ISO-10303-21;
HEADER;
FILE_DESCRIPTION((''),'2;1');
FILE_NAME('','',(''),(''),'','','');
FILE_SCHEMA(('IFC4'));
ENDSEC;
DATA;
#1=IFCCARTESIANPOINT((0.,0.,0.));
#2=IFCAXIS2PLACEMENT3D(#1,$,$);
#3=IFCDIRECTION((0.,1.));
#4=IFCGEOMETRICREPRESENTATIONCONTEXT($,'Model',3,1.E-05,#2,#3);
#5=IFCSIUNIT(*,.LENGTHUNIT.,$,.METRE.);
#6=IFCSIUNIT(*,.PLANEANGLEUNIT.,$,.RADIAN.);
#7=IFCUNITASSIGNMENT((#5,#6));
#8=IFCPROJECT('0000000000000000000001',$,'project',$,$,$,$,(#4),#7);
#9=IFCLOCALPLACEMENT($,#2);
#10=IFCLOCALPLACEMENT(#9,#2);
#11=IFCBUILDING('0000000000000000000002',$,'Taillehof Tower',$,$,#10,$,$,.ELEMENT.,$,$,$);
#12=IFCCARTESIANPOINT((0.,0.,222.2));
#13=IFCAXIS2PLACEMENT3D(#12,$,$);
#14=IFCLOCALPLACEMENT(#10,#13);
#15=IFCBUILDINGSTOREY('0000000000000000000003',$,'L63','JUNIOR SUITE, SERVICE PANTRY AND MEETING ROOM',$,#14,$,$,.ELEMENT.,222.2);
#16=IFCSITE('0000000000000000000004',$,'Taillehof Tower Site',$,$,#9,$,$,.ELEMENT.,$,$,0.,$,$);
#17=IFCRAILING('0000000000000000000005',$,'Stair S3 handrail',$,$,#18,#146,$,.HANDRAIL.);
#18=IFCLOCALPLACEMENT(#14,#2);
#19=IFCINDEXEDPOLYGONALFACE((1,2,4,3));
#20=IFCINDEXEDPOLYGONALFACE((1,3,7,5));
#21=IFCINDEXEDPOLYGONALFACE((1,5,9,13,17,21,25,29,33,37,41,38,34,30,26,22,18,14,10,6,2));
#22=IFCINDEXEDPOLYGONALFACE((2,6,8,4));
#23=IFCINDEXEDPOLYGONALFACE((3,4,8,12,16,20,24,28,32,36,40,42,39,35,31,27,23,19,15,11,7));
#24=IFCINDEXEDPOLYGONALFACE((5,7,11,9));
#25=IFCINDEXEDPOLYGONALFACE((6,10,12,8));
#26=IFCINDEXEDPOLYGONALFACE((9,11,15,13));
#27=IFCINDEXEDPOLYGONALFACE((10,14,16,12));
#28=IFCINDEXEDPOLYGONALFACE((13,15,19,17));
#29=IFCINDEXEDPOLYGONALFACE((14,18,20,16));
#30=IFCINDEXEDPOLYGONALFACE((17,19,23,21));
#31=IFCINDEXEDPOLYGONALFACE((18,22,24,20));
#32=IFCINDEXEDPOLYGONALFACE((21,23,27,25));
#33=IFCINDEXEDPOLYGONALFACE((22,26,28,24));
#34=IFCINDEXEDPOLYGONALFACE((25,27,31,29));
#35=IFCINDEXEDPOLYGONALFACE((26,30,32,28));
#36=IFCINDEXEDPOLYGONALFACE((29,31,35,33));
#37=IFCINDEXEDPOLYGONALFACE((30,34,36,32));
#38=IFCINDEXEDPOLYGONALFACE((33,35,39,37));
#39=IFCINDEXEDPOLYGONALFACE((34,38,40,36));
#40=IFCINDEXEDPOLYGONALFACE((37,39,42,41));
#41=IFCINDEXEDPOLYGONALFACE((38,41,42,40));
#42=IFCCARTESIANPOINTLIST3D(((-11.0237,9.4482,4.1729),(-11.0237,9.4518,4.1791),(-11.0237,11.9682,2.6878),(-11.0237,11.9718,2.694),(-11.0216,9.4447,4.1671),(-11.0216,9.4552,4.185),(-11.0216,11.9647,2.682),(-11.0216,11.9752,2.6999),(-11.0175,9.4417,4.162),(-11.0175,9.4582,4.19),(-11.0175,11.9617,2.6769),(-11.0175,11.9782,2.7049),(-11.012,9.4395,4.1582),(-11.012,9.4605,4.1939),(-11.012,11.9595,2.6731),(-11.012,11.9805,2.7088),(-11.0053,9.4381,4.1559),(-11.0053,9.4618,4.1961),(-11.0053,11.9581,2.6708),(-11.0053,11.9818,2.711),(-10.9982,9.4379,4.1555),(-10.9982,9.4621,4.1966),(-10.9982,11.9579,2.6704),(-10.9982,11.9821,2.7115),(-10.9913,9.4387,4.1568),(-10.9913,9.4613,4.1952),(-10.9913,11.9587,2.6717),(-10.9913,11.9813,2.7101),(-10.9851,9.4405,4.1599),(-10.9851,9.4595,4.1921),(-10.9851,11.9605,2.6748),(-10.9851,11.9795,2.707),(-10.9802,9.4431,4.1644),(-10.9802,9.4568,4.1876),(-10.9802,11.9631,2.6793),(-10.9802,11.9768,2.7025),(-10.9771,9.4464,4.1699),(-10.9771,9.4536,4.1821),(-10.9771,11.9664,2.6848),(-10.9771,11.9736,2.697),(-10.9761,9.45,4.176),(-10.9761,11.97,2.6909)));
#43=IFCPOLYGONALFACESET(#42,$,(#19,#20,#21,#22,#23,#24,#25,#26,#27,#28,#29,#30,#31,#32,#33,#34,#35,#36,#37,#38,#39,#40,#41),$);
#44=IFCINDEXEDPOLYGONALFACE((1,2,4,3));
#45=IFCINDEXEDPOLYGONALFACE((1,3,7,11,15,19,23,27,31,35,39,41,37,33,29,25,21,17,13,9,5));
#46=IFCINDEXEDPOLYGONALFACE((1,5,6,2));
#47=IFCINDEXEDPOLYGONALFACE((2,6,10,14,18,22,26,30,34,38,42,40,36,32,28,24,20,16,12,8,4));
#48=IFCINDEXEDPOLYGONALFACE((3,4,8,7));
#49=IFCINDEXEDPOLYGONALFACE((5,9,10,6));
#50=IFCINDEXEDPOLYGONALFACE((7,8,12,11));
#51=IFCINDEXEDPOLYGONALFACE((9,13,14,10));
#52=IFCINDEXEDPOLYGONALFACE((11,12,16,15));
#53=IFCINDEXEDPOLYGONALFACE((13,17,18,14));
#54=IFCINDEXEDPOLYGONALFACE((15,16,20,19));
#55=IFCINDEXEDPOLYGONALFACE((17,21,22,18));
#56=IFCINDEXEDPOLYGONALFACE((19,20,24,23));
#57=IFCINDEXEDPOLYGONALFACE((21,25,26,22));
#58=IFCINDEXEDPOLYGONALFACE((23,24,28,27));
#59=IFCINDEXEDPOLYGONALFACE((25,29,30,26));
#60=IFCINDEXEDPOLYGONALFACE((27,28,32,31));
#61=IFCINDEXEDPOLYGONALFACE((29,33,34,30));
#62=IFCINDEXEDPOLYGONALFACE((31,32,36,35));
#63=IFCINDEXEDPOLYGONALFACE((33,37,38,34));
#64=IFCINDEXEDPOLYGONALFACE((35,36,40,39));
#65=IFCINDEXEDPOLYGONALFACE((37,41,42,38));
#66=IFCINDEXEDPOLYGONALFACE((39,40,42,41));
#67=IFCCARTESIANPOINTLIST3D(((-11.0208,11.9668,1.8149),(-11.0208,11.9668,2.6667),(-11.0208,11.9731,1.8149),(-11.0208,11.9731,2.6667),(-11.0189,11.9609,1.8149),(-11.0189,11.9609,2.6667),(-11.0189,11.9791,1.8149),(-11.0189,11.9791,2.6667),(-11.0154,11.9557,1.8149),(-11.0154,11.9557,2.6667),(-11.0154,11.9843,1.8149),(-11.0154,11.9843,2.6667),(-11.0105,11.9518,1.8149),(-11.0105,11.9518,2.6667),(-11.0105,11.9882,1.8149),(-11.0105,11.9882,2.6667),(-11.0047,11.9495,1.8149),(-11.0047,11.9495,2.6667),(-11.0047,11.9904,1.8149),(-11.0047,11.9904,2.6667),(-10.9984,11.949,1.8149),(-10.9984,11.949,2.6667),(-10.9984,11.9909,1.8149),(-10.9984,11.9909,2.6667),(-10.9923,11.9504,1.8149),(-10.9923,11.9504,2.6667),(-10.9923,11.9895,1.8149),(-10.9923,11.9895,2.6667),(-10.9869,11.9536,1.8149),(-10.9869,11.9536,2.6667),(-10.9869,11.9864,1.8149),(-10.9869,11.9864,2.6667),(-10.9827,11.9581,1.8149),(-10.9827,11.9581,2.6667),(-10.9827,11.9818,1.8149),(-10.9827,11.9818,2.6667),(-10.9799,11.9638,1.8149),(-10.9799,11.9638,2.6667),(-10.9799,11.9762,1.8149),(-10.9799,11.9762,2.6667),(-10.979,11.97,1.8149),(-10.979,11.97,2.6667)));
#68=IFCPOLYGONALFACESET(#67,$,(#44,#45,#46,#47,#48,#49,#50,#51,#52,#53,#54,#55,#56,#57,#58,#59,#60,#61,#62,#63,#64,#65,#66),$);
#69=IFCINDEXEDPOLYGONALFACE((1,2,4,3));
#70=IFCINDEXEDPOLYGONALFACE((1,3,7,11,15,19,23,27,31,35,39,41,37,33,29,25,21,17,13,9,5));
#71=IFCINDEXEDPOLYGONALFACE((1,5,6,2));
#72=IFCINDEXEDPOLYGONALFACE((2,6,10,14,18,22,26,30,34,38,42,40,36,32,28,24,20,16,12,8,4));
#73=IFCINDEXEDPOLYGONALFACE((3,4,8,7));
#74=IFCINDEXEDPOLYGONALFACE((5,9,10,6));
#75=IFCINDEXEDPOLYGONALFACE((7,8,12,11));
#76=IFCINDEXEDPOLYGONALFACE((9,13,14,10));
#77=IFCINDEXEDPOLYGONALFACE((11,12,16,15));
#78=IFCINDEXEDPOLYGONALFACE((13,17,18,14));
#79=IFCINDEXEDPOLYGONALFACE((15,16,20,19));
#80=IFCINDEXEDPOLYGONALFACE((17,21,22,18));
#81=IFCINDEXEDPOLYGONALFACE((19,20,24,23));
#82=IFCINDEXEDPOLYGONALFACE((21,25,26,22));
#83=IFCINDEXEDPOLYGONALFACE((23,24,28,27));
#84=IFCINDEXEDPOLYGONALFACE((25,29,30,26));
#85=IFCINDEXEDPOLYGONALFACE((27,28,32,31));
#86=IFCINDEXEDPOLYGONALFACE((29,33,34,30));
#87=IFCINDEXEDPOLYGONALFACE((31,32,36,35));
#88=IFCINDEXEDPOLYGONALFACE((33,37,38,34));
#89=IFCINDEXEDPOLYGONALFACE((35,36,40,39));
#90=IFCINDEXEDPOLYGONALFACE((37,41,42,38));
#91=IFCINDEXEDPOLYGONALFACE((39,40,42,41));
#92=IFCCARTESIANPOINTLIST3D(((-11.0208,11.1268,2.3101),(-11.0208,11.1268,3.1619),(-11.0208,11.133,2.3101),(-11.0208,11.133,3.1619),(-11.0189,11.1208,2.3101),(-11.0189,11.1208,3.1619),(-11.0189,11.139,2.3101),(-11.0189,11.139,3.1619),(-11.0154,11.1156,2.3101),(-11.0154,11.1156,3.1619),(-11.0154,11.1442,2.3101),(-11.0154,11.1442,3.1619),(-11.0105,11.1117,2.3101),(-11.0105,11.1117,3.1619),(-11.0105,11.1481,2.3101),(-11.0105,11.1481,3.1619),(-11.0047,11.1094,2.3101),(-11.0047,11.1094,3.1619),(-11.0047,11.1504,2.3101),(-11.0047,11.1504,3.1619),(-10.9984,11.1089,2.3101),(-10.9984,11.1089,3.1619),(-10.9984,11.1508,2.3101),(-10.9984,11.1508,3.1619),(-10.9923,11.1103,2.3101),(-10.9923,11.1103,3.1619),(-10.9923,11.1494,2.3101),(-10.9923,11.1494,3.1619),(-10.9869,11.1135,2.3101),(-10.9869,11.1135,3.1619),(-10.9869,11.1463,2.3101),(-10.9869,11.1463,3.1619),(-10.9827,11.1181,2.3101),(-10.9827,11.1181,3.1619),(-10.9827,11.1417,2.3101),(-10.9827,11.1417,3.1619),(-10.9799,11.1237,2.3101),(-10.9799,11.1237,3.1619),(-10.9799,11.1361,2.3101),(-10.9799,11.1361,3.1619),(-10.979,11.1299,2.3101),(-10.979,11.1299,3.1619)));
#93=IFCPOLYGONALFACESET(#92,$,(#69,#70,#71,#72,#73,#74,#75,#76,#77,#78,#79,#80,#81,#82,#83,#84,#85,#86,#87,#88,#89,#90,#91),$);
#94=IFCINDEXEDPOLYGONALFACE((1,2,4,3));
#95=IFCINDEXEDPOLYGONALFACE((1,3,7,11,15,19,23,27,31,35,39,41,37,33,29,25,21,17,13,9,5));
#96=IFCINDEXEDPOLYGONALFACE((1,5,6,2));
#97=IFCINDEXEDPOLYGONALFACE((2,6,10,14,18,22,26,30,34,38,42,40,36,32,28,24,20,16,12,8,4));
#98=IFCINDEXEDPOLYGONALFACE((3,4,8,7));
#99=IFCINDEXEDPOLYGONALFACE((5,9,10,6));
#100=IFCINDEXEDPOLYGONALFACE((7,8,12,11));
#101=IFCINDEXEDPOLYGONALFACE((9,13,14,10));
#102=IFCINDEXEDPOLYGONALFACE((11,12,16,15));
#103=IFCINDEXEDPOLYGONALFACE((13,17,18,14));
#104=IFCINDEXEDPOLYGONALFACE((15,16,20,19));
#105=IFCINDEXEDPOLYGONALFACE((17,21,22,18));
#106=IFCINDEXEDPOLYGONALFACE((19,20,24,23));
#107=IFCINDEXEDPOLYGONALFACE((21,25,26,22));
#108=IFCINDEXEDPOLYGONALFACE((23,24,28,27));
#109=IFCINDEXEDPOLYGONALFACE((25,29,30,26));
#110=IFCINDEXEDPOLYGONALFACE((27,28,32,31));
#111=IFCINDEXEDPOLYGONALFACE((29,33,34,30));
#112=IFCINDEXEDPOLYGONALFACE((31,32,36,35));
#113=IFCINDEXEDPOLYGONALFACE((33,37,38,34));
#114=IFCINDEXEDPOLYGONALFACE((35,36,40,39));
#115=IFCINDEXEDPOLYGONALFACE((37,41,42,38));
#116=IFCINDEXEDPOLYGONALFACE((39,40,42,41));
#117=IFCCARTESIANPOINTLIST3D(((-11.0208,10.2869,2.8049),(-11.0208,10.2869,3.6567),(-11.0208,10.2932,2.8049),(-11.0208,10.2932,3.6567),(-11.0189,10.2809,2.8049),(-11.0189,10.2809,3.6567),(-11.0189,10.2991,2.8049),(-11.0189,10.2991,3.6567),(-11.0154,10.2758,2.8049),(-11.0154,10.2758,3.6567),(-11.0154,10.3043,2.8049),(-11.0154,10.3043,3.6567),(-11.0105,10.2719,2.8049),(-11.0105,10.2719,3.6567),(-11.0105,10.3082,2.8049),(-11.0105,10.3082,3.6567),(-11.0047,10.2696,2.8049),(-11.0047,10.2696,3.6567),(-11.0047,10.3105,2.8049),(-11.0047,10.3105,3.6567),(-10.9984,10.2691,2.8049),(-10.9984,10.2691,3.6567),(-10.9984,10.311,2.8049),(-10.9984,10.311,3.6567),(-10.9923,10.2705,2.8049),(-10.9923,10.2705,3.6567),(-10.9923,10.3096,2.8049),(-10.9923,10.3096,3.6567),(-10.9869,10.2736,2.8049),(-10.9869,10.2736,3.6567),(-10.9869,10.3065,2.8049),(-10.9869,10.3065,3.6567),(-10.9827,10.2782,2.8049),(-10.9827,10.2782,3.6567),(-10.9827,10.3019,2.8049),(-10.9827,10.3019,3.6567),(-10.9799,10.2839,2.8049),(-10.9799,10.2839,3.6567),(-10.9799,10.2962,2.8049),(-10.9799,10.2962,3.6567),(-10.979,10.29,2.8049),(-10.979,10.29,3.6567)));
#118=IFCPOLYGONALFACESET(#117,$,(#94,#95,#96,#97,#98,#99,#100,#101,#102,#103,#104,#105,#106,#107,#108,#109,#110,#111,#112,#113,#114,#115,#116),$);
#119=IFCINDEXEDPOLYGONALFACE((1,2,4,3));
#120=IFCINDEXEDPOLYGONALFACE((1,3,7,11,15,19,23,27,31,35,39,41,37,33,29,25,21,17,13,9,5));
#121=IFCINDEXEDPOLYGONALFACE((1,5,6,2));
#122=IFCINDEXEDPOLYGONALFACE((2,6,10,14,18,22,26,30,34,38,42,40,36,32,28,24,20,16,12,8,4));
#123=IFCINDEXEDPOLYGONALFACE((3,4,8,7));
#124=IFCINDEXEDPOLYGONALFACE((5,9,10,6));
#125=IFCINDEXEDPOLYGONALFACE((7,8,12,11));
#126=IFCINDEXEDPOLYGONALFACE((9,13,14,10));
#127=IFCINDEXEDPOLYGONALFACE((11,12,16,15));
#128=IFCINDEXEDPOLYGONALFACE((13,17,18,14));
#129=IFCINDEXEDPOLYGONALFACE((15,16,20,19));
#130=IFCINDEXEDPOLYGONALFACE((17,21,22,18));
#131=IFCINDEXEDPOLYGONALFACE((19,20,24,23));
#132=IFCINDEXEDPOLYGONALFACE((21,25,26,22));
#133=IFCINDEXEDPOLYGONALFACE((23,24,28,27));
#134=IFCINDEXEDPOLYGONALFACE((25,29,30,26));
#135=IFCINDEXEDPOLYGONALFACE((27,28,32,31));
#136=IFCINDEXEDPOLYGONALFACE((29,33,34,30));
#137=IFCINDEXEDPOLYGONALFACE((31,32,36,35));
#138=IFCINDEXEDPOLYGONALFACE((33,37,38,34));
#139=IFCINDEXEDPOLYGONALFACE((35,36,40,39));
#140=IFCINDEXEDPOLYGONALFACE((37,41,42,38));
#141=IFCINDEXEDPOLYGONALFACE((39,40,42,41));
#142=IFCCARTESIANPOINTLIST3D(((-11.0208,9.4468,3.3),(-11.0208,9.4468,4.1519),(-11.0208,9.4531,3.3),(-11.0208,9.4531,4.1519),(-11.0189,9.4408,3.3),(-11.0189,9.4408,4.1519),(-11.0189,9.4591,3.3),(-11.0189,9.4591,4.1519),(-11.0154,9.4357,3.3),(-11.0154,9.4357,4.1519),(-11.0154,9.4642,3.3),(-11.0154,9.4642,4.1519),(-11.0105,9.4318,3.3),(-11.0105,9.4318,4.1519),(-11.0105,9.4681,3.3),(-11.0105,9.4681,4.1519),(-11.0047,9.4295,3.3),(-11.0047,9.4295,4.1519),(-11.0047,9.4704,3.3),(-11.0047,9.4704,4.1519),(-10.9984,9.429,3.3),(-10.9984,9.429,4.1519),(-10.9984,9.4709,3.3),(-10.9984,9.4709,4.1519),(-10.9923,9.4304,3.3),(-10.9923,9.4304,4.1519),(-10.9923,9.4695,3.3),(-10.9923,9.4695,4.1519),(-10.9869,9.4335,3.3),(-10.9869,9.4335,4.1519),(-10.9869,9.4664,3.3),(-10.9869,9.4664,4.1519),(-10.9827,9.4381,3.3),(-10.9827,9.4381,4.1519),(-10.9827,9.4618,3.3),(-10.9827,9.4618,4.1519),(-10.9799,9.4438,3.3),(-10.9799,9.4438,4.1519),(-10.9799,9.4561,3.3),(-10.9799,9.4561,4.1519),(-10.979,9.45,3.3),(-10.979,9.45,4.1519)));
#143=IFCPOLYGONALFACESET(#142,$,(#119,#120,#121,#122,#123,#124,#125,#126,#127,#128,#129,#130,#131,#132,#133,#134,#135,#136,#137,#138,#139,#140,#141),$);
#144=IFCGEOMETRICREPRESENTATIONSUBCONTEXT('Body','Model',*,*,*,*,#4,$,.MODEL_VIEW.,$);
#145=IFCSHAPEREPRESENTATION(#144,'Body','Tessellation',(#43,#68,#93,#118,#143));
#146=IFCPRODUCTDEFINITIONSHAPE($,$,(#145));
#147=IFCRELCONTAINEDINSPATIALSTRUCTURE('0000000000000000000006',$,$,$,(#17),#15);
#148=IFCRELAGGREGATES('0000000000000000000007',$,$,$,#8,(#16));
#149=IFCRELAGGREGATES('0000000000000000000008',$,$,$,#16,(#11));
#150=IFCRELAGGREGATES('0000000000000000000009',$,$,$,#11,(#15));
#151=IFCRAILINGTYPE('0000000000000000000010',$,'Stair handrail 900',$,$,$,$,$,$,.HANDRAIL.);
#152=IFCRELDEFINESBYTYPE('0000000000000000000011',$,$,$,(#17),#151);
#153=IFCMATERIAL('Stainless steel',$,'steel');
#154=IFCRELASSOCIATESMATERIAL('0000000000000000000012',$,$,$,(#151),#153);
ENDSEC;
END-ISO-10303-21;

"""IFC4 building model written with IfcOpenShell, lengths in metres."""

from ifc_helpers import new_model, si_unit, direction, frame, origin, origin_2d, place, context, subcontext, project, spatial, circle, extrude, material, type_object, element, save


model = new_model("IFC4")

# Units and contexts
model_context = context("Model", 3, precision=1e-05, world=origin(), true_north=direction((0.0, 1.0)))
body_context = subcontext(model_context, "Body", "Model", "MODEL_VIEW")
ifc_project = project(units=[si_unit("LENGTHUNIT", "METRE"), si_unit("PLANEANGLEUNIT", "RADIAN")], contexts=[model_context])

# Site, building, storey
site_placement = place(None, origin())
site = spatial("IfcSite", under=ifc_project, at=site_placement, Name="Taillehof Tower Site", CompositionType="ELEMENT", RefElevation=0.0)
building_placement = place(site_placement, origin())
building = spatial("IfcBuilding", under=site, at=building_placement, Name="Taillehof Tower", CompositionType="ELEMENT")
storey_placement = place(building_placement, frame((0.0, 0.0, 222.2)))
storey = spatial("IfcBuildingStorey", under=building, at=storey_placement, Name="L63", Description="JUNIOR SUITE, SERVICE PANTRY AND MEETING ROOM", CompositionType="ELEMENT", Elevation=222.2)

# Railing
ifc_material_1 = material(Name="Stainless steel", Category="steel")
railing_type = type_object("IfcRailingType", Name="Stair handrail 900", PredefinedType="HANDRAIL", material=ifc_material_1)
railing_placement = place(storey_placement, frame((-11.0, 11.97, 1.8149)))
element("IfcRailing", 1, at=railing_placement, inside=storey, type_object=railing_type, Name="Stair S3 handrail", PredefinedType="HANDRAIL", context=body_context, shape_type="SweptSolid", body=[
    extrude(circle(Radius=0.0239, at=origin_2d()), frame((0.0, 0.0, 0.876), z_axis=(0.0, -0.861524, 0.507717), x_axis=(1.0, 0.0, 0.0)), (0.0, 0.0, 1.0), 2.925),
    extrude(circle(Radius=0.021, at=origin_2d()), origin(), (0.0, 0.0, 1.0), 0.8518),
    extrude(circle(Radius=0.021, at=origin_2d()), frame((0.0, -0.8401, 0.4951)), (0.0, 0.0, 1.0), 0.8518),
    extrude(circle(Radius=0.021, at=origin_2d()), frame((0.0, -1.6799, 0.99)), (0.0, 0.0, 1.0), 0.8518),
    extrude(circle(Radius=0.021, at=origin_2d()), frame((0.0, -2.52, 1.4851)), (0.0, 0.0, 1.0), 0.8518),
])

save(model, "model.ifc")
